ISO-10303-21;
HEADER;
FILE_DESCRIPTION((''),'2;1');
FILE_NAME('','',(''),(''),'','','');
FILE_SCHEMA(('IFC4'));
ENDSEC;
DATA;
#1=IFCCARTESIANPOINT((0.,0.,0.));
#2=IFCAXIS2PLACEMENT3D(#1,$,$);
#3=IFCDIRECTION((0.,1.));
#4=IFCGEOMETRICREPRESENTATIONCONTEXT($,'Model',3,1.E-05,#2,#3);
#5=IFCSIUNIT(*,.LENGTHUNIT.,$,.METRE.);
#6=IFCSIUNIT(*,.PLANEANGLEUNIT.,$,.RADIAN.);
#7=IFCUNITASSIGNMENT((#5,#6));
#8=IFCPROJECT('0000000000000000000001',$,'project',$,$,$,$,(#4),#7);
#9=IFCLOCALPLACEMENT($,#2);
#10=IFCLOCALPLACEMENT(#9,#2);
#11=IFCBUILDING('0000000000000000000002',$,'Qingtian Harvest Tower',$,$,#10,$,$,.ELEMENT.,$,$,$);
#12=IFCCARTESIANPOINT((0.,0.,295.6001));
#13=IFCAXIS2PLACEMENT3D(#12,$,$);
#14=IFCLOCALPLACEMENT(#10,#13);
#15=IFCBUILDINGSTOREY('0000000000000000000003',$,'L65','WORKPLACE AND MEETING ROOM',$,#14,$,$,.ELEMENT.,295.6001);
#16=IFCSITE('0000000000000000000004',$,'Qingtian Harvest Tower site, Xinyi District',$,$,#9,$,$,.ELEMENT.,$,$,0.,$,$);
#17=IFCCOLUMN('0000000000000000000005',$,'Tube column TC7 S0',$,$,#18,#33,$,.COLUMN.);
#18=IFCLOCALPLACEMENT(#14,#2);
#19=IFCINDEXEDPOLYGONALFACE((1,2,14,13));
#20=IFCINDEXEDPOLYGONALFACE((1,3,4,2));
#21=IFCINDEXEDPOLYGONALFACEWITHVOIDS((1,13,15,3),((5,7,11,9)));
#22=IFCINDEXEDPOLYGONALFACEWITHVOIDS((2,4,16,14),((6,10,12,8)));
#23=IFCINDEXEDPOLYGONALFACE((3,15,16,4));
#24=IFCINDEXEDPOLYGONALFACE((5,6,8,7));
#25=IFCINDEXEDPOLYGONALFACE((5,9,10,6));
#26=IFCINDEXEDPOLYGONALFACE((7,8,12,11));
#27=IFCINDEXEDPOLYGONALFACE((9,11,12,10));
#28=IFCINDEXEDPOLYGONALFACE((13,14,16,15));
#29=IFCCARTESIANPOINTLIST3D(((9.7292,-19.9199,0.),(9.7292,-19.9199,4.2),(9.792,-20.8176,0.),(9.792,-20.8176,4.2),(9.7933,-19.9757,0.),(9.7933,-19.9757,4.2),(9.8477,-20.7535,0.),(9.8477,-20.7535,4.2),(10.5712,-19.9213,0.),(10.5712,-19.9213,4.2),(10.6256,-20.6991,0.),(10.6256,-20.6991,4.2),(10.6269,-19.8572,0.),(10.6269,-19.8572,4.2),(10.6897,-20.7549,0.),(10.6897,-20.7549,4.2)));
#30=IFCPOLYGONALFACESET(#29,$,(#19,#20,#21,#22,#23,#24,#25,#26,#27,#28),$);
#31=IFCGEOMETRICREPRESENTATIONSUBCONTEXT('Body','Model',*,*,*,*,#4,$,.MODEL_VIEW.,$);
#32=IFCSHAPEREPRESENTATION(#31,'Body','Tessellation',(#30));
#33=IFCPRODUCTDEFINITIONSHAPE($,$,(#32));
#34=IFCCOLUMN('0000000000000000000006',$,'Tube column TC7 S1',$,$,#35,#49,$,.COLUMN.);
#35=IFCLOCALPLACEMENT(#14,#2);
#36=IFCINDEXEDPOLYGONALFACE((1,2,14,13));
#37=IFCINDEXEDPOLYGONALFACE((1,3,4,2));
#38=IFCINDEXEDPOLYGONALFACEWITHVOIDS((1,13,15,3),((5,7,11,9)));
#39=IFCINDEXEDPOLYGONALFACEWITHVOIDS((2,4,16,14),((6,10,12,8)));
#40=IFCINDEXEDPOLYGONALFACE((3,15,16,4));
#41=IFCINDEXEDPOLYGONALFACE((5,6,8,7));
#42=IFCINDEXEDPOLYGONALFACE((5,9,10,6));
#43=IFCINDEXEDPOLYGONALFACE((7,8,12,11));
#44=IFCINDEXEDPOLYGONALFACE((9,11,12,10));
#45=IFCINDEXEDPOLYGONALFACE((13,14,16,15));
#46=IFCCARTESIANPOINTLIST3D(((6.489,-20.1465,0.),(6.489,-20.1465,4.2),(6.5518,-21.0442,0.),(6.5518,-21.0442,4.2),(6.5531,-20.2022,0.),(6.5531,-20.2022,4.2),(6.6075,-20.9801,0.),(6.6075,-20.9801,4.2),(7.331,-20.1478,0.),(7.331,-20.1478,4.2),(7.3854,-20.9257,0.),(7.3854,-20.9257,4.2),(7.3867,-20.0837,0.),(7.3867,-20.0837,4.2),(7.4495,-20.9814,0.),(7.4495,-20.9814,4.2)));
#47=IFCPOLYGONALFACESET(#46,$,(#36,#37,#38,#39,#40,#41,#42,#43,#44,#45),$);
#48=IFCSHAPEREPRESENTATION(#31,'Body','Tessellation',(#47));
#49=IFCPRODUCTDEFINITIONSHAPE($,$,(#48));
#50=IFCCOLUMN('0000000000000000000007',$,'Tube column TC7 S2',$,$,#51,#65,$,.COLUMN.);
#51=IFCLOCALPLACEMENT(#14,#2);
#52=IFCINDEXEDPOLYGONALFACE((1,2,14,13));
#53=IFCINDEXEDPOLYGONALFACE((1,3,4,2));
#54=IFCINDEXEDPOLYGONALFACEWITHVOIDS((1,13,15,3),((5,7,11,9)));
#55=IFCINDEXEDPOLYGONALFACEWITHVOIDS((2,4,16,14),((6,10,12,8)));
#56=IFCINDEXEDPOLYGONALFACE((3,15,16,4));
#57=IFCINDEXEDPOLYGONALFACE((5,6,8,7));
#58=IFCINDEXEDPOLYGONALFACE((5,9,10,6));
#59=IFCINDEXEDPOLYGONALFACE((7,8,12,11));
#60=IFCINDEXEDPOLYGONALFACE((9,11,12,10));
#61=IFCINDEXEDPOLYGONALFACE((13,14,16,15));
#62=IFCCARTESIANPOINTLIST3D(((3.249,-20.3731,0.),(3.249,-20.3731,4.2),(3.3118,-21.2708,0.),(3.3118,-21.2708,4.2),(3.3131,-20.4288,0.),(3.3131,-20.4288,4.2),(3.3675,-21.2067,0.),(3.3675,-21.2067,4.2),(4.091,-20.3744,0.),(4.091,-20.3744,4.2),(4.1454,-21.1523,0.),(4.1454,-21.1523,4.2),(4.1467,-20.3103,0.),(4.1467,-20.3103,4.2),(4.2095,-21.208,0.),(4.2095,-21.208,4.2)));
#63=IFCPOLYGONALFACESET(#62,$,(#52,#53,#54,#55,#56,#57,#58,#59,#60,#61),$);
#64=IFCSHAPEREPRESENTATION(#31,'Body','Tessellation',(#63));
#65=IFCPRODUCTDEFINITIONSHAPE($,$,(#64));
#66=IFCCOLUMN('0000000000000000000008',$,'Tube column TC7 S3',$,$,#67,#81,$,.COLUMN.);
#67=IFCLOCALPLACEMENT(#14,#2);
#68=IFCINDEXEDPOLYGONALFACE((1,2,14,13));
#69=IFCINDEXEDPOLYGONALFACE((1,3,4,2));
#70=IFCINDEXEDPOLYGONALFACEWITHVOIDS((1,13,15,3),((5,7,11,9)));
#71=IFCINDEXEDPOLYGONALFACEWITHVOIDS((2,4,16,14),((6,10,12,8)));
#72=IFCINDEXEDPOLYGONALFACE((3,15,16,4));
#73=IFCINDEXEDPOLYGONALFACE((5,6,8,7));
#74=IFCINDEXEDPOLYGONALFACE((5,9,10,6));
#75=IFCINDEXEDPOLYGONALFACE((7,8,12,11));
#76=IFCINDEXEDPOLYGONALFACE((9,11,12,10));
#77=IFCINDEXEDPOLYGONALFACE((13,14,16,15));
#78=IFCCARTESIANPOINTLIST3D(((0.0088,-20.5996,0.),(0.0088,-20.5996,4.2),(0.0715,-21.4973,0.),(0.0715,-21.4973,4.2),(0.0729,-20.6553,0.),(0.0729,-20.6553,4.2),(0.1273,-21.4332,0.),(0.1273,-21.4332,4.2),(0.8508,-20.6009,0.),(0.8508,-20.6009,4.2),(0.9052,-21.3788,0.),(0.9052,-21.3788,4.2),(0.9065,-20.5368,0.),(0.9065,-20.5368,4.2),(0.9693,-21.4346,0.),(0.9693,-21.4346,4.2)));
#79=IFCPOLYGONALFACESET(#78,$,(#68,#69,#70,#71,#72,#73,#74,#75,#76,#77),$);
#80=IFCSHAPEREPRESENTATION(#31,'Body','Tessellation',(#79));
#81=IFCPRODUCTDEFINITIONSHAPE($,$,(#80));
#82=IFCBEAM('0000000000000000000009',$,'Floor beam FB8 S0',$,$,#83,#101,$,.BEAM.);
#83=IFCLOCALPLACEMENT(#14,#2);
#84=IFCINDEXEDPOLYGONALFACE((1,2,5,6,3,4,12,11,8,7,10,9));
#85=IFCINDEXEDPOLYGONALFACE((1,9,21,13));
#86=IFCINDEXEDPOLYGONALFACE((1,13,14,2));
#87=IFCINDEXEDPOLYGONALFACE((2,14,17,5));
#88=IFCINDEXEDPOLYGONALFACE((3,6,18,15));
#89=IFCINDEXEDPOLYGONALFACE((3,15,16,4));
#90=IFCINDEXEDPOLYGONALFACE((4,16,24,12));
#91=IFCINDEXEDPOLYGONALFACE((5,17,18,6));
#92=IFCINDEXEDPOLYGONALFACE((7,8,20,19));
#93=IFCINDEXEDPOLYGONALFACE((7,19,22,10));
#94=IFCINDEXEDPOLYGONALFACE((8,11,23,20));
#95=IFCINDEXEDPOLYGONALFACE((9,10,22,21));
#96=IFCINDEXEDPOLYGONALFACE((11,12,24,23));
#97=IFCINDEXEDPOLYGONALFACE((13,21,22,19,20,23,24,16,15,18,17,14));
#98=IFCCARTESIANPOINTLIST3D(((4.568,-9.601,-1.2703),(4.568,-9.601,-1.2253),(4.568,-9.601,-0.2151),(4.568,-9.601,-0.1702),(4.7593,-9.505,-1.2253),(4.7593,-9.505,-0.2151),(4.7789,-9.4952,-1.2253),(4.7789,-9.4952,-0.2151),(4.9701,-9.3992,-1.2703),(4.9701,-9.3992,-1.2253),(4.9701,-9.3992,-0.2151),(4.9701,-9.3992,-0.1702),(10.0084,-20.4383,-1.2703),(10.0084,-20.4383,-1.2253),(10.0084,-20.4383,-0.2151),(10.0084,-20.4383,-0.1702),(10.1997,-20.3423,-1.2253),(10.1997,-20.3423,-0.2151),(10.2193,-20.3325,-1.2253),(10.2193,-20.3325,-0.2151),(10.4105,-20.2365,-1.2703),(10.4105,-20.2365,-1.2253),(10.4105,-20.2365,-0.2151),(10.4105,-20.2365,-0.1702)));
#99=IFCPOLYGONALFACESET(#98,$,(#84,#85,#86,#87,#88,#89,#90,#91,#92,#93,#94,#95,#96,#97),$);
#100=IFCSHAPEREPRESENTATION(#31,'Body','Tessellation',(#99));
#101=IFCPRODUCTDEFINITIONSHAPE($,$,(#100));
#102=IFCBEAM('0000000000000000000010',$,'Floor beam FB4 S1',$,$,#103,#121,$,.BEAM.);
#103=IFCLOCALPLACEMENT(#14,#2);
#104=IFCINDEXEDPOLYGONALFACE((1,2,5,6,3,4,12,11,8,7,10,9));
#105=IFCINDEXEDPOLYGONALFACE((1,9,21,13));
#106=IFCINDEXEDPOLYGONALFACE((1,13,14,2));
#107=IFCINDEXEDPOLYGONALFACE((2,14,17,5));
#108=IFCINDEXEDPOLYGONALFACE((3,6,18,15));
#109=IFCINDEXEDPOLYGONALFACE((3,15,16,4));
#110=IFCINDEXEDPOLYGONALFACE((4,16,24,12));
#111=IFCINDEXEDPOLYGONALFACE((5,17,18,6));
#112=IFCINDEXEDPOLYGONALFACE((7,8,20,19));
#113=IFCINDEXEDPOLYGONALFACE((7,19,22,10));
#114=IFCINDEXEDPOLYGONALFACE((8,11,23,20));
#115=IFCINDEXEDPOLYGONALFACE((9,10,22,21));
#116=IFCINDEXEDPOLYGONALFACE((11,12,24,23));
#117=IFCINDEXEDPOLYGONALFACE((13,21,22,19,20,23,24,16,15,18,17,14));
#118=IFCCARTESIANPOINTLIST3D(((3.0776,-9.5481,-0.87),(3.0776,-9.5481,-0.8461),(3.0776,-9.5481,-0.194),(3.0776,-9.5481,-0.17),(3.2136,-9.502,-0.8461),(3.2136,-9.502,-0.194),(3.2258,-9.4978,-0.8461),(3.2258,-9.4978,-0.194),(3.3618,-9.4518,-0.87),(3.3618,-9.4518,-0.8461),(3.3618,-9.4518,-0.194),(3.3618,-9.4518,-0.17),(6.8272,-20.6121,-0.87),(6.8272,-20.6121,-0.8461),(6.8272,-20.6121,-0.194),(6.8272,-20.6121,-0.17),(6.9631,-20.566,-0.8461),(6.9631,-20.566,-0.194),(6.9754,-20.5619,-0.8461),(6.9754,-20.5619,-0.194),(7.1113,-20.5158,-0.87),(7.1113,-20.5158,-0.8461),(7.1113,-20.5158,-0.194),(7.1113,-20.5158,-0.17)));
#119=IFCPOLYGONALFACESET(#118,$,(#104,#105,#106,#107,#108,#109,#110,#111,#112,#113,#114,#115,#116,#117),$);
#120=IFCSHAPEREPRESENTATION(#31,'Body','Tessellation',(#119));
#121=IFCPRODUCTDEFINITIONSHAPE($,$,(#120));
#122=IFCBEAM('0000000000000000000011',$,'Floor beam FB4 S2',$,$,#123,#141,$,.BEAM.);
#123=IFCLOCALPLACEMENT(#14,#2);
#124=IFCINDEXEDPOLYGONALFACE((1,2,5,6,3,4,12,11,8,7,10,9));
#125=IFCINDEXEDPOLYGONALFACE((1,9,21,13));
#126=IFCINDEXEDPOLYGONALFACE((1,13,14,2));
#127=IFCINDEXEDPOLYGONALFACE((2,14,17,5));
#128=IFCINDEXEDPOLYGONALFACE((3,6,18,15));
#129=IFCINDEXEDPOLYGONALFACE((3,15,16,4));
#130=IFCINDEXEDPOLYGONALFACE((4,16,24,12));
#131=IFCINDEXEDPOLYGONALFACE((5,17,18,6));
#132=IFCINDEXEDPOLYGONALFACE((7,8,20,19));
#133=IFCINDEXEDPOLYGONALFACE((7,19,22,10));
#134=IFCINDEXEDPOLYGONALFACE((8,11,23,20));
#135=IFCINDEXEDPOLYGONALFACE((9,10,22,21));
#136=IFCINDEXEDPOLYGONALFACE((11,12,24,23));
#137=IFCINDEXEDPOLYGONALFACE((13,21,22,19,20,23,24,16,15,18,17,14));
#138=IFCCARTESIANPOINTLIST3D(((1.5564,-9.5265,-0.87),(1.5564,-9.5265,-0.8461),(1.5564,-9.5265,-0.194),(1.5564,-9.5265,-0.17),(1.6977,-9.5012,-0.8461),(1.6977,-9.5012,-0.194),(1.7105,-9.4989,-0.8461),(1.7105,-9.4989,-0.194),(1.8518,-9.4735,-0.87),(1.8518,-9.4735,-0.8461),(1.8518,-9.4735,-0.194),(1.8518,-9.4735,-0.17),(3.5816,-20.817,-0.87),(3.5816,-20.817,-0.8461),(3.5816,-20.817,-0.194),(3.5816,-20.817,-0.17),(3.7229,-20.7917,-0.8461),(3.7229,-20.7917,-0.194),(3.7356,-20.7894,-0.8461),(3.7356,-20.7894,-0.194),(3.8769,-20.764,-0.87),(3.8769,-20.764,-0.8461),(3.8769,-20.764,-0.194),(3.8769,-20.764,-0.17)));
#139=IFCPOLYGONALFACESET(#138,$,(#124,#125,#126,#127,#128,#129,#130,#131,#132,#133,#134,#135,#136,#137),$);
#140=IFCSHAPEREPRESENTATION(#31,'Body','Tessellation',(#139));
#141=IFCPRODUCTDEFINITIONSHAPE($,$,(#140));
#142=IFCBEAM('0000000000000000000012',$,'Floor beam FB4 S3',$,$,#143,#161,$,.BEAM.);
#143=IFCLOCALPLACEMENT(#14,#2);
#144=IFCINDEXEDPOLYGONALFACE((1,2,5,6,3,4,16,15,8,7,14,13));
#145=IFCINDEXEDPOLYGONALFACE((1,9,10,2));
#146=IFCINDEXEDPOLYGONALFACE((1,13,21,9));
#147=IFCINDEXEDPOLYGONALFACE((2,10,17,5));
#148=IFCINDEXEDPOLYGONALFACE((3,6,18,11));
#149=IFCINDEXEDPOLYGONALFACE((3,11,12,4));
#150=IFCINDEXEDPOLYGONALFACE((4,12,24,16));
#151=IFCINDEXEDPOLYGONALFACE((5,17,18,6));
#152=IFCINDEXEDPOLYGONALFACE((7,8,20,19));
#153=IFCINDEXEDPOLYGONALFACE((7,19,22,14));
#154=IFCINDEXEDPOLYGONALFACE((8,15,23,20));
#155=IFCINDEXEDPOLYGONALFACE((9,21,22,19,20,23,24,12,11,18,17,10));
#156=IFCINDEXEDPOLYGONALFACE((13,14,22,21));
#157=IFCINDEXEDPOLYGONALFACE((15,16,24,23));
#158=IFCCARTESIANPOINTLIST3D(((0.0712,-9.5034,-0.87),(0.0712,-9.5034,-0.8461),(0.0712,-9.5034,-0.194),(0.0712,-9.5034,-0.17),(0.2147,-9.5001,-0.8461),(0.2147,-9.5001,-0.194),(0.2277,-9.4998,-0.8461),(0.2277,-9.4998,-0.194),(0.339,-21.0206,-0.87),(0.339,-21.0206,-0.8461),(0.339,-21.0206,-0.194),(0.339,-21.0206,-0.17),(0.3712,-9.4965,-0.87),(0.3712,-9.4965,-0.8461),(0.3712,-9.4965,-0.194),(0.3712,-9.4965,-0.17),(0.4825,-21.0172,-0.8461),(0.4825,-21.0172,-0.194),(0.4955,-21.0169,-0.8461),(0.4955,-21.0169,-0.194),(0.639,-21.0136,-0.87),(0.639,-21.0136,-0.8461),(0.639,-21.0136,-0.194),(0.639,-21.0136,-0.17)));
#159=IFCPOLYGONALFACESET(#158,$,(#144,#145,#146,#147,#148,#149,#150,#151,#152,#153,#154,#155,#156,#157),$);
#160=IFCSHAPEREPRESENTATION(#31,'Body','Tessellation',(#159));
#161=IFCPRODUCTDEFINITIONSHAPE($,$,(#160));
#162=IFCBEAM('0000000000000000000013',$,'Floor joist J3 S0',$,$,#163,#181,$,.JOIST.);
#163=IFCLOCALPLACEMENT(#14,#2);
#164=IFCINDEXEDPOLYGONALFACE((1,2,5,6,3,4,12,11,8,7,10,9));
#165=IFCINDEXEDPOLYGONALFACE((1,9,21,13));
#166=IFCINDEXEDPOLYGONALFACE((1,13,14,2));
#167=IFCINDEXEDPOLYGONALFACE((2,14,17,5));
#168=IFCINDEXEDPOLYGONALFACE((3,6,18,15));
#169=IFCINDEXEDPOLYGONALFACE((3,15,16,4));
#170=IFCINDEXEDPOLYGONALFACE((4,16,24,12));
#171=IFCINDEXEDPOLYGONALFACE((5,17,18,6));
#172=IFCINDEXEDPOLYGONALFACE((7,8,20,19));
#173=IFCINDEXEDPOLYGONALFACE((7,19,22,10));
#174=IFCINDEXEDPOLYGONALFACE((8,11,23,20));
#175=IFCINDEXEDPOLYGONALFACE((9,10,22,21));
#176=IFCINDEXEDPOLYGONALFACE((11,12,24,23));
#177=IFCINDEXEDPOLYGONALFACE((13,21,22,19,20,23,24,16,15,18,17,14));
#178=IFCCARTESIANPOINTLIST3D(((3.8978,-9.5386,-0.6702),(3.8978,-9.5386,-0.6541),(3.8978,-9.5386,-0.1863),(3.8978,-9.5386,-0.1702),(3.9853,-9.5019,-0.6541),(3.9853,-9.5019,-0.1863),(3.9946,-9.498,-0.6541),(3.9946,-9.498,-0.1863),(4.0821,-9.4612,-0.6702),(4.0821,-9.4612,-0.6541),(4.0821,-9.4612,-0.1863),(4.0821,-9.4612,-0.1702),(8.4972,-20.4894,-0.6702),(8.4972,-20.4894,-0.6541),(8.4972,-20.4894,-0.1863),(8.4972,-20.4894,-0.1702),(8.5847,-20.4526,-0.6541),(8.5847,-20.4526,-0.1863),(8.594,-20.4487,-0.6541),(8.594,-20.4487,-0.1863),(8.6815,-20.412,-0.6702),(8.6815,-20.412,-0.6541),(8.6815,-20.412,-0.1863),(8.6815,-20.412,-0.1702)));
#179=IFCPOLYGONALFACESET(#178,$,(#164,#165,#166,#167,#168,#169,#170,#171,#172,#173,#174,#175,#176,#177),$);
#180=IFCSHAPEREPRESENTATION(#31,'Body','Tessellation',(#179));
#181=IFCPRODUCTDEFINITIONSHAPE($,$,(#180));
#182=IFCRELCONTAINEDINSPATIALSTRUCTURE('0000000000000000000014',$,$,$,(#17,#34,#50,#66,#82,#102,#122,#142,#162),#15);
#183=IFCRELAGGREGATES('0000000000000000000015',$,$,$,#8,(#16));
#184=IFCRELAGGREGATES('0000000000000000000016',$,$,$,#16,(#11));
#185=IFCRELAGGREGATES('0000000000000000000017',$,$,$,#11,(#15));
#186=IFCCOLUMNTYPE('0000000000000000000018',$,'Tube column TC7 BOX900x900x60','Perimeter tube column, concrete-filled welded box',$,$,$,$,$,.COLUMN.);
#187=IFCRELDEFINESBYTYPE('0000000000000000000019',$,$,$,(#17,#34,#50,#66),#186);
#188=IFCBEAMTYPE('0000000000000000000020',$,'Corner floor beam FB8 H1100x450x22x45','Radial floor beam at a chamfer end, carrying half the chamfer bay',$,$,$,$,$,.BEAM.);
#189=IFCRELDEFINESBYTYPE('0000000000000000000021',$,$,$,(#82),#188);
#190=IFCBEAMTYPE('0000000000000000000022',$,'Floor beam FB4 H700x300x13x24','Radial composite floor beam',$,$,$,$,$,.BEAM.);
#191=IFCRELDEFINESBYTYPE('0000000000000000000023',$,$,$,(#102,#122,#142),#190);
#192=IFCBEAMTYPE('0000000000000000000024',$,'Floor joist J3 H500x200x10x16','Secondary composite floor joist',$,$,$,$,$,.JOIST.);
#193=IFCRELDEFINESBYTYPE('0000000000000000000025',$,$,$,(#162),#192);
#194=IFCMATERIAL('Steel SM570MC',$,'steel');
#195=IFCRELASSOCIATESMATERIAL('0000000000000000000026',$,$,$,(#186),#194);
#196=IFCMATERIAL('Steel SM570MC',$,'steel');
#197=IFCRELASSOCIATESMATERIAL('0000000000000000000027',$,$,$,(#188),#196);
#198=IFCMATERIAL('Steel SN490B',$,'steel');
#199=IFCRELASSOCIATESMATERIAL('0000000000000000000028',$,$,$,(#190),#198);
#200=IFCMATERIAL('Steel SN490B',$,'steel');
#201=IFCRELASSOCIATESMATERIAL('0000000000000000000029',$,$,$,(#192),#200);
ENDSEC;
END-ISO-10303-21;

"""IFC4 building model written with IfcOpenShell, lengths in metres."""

from ifc_helpers import new_model, si_unit, direction, frame, origin, origin_2d, place, context, subcontext, project, spatial, hollow_rectangle, i_section, extrude, material, material_profile, profile_set, type_object, element, save


model = new_model("IFC4")

# Units and contexts
model_context = context("Model", 3, precision=1e-05, world=origin(), true_north=direction((0.0, 1.0)))
body_context = subcontext(model_context, "Body", "Model", "MODEL_VIEW")
ifc_project = project(units=[si_unit("LENGTHUNIT", "METRE"), si_unit("PLANEANGLEUNIT", "RADIAN")], contexts=[model_context])

# Site, building, storey
site_placement = place(None, origin())
site = spatial("IfcSite", under=ifc_project, at=site_placement, Name="Qingtian Harvest Tower site, Xinyi District", CompositionType="ELEMENT", RefElevation=0.0)
building_placement = place(site_placement, origin())
building = spatial("IfcBuilding", under=site, at=building_placement, Name="Qingtian Harvest Tower", CompositionType="ELEMENT")
storey_placement = place(building_placement, frame((0.0, 0.0, 295.6001)))
storey = spatial("IfcBuildingStorey", under=building, at=storey_placement, Name="L65", Description="WORKPLACE AND MEETING ROOM", CompositionType="ELEMENT", Elevation=295.6001)

# Columns
ifc_material_1 = material(Name="Steel SM570MC", Category="steel")
ifc_material_profile_1 = material_profile(ifc_material_1, hollow_rectangle(XDim=0.8999, YDim=0.8999, WallThickness=0.0601, at=origin_2d()), Name="BOX900x900x60")
ifc_profile_set_1 = profile_set([ifc_material_profile_1], Name="Steel SM570MC")
column_type = type_object("IfcColumnType", Name="Tube column TC7 BOX900x900x60", Description="Perimeter tube column, concrete-filled welded box", PredefinedType="COLUMN", material=ifc_profile_set_1)
for number, where, z_axis, x_axis, name in (
    (1, (10.2095, -20.3374, 0.0), (0.0, 0.0, 1.0), (0.997564, 0.069756, 0.0), "Tube column TC7 S0"),
    (2, (6.9692, -20.564, 0.0), (0.0, 0.0, 1.0), (0.997564, 0.069756, 0.0), "Tube column TC7 S1"),
    (3, (3.7292, -20.7905, 0.0), (0.0, 0.0, 1.0), (0.997564, 0.069756, 0.0), "Tube column TC7 S2"),
    (4, (0.489, -21.0171, 0.0), (0.0, 0.0, 1.0), (0.997564, 0.069756, 0.0), "Tube column TC7 S3"),
):
    element("IfcColumn", number, at=place(storey_placement, frame(where, z_axis=z_axis, x_axis=x_axis)), inside=storey, type_object=column_type, Name=name, PredefinedType="COLUMN", context=body_context, shape_type="SweptSolid", body=[
        extrude(hollow_rectangle(XDim=0.8999, YDim=0.8999, WallThickness=0.0601, at=origin_2d()), origin(), (0.0, 0.0, 1.0), 4.2),
    ])

# Beams
ifc_material_2 = material(Name="Steel SM570MC", Category="steel")
ifc_material_profile_2 = material_profile(ifc_material_2, i_section(OverallWidth=0.45, OverallDepth=1.1001, WebThickness=0.022, FlangeThickness=0.0449, at=origin_2d()), Name="H1100x450x22x45")
ifc_profile_set_2 = profile_set([ifc_material_profile_2], Name="Steel SM570MC")
beam_type_1 = type_object("IfcBeamType", Name="Corner floor beam FB8 H1100x450x22x45", Description="Radial floor beam at a chamfer end, carrying half the chamfer bay", PredefinedType="BEAM", material=ifc_profile_set_2)
beam_1_placement = place(storey_placement, frame((10.2095, -20.3374, -0.7202), z_axis=(-0.448646, 0.893709, 0.0), x_axis=(-0.893709, -0.448646, 0.0)))
element("IfcBeam", 5, at=beam_1_placement, inside=storey, type_object=beam_type_1, Name="Floor beam FB8 S0", PredefinedType="BEAM", context=body_context, shape_type="SweptSolid", body=[
    extrude(i_section(OverallWidth=0.45, OverallDepth=1.1001, WebThickness=0.022, FlangeThickness=0.0449, at=origin_2d()), origin(), (0.0, 0.0, 1.0), 12.1262),
])
ifc_material_3 = material(Name="Steel SN490B", Category="steel")
ifc_material_profile_3 = material_profile(ifc_material_3, i_section(OverallWidth=0.3, OverallDepth=0.7, WebThickness=0.0129, FlangeThickness=0.0239, at=origin_2d()), Name="H700x300x13x24")
ifc_profile_set_3 = profile_set([ifc_material_profile_3], Name="Steel SN490B")
beam_type_2 = type_object("IfcBeamType", Name="Floor beam FB4 H700x300x13x24", Description="Radial composite floor beam", PredefinedType="BEAM", material=ifc_profile_set_3)
beam_2_placement = place(storey_placement, frame((6.9692, -20.564, -0.52), z_axis=(-0.320964, 0.947092, 0.0), x_axis=(-0.947092, -0.320964, 0.0)))
element("IfcBeam", 6, at=beam_2_placement, inside=storey, type_object=beam_type_2, Name="Floor beam FB4 S1", PredefinedType="BEAM", context=body_context, shape_type="SweptSolid", body=[
    extrude(i_section(OverallWidth=0.3, OverallDepth=0.7, WebThickness=0.0129, FlangeThickness=0.0239, at=origin_2d()), origin(), (0.0, 0.0, 1.0), 11.6821),
])
beam_3_placement = place(storey_placement, frame((3.7292, -20.7905, -0.52), z_axis=(-0.176549, 0.984292, 0.0), x_axis=(-0.984292, -0.176549, 0.0)))
element("IfcBeam", 7, at=beam_3_placement, inside=storey, type_object=beam_type_2, Name="Floor beam FB4 S2", PredefinedType="BEAM", context=body_context, shape_type="SweptSolid", body=[
    extrude(i_section(OverallWidth=0.3, OverallDepth=0.7, WebThickness=0.0129, FlangeThickness=0.0239, at=origin_2d()), origin(), (0.0, 0.0, 1.0), 11.4707),
])
beam_4_placement = place(storey_placement, frame((0.489, -21.0171, -0.52), z_axis=(-0.023248, 0.99973, 0.0), x_axis=(-0.99973, -0.023248, 0.0)))
element("IfcBeam", 8, at=beam_4_placement, inside=storey, type_object=beam_type_2, Name="Floor beam FB4 S3", PredefinedType="BEAM", context=body_context, shape_type="SweptSolid", body=[
    extrude(i_section(OverallWidth=0.3, OverallDepth=0.7, WebThickness=0.0129, FlangeThickness=0.0239, at=origin_2d()), origin(), (0.0, 0.0, 1.0), 11.5203),
])
ifc_material_4 = material(Name="Steel SN490B", Category="steel")
ifc_material_profile_4 = material_profile(ifc_material_4, i_section(OverallWidth=0.2, OverallDepth=0.5, WebThickness=0.01, FlangeThickness=0.0161, at=origin_2d()), Name="H500x200x10x16")
ifc_profile_set_4 = profile_set([ifc_material_profile_4], Name="Steel SN490B")
beam_type_3 = type_object("IfcBeamType", Name="Floor joist J3 H500x200x10x16", Description="Secondary composite floor joist", PredefinedType="JOIST", material=ifc_profile_set_4)
beam_5_placement = place(storey_placement, frame((8.5894, -20.4507, -0.4202), z_axis=(-0.387238, 0.92198, 0.0), x_axis=(-0.92198, -0.387238, 0.0)))
element("IfcBeam", 9, at=beam_5_placement, inside=storey, type_object=beam_type_3, Name="Floor joist J3 S0", PredefinedType="JOIST", context=body_context, shape_type="SweptSolid", body=[
    extrude(i_section(OverallWidth=0.2, OverallDepth=0.5, WebThickness=0.01, FlangeThickness=0.0161, at=origin_2d()), origin(), (0.0, 0.0, 1.0), 11.8774),
])

save(model, "model.ifc")
